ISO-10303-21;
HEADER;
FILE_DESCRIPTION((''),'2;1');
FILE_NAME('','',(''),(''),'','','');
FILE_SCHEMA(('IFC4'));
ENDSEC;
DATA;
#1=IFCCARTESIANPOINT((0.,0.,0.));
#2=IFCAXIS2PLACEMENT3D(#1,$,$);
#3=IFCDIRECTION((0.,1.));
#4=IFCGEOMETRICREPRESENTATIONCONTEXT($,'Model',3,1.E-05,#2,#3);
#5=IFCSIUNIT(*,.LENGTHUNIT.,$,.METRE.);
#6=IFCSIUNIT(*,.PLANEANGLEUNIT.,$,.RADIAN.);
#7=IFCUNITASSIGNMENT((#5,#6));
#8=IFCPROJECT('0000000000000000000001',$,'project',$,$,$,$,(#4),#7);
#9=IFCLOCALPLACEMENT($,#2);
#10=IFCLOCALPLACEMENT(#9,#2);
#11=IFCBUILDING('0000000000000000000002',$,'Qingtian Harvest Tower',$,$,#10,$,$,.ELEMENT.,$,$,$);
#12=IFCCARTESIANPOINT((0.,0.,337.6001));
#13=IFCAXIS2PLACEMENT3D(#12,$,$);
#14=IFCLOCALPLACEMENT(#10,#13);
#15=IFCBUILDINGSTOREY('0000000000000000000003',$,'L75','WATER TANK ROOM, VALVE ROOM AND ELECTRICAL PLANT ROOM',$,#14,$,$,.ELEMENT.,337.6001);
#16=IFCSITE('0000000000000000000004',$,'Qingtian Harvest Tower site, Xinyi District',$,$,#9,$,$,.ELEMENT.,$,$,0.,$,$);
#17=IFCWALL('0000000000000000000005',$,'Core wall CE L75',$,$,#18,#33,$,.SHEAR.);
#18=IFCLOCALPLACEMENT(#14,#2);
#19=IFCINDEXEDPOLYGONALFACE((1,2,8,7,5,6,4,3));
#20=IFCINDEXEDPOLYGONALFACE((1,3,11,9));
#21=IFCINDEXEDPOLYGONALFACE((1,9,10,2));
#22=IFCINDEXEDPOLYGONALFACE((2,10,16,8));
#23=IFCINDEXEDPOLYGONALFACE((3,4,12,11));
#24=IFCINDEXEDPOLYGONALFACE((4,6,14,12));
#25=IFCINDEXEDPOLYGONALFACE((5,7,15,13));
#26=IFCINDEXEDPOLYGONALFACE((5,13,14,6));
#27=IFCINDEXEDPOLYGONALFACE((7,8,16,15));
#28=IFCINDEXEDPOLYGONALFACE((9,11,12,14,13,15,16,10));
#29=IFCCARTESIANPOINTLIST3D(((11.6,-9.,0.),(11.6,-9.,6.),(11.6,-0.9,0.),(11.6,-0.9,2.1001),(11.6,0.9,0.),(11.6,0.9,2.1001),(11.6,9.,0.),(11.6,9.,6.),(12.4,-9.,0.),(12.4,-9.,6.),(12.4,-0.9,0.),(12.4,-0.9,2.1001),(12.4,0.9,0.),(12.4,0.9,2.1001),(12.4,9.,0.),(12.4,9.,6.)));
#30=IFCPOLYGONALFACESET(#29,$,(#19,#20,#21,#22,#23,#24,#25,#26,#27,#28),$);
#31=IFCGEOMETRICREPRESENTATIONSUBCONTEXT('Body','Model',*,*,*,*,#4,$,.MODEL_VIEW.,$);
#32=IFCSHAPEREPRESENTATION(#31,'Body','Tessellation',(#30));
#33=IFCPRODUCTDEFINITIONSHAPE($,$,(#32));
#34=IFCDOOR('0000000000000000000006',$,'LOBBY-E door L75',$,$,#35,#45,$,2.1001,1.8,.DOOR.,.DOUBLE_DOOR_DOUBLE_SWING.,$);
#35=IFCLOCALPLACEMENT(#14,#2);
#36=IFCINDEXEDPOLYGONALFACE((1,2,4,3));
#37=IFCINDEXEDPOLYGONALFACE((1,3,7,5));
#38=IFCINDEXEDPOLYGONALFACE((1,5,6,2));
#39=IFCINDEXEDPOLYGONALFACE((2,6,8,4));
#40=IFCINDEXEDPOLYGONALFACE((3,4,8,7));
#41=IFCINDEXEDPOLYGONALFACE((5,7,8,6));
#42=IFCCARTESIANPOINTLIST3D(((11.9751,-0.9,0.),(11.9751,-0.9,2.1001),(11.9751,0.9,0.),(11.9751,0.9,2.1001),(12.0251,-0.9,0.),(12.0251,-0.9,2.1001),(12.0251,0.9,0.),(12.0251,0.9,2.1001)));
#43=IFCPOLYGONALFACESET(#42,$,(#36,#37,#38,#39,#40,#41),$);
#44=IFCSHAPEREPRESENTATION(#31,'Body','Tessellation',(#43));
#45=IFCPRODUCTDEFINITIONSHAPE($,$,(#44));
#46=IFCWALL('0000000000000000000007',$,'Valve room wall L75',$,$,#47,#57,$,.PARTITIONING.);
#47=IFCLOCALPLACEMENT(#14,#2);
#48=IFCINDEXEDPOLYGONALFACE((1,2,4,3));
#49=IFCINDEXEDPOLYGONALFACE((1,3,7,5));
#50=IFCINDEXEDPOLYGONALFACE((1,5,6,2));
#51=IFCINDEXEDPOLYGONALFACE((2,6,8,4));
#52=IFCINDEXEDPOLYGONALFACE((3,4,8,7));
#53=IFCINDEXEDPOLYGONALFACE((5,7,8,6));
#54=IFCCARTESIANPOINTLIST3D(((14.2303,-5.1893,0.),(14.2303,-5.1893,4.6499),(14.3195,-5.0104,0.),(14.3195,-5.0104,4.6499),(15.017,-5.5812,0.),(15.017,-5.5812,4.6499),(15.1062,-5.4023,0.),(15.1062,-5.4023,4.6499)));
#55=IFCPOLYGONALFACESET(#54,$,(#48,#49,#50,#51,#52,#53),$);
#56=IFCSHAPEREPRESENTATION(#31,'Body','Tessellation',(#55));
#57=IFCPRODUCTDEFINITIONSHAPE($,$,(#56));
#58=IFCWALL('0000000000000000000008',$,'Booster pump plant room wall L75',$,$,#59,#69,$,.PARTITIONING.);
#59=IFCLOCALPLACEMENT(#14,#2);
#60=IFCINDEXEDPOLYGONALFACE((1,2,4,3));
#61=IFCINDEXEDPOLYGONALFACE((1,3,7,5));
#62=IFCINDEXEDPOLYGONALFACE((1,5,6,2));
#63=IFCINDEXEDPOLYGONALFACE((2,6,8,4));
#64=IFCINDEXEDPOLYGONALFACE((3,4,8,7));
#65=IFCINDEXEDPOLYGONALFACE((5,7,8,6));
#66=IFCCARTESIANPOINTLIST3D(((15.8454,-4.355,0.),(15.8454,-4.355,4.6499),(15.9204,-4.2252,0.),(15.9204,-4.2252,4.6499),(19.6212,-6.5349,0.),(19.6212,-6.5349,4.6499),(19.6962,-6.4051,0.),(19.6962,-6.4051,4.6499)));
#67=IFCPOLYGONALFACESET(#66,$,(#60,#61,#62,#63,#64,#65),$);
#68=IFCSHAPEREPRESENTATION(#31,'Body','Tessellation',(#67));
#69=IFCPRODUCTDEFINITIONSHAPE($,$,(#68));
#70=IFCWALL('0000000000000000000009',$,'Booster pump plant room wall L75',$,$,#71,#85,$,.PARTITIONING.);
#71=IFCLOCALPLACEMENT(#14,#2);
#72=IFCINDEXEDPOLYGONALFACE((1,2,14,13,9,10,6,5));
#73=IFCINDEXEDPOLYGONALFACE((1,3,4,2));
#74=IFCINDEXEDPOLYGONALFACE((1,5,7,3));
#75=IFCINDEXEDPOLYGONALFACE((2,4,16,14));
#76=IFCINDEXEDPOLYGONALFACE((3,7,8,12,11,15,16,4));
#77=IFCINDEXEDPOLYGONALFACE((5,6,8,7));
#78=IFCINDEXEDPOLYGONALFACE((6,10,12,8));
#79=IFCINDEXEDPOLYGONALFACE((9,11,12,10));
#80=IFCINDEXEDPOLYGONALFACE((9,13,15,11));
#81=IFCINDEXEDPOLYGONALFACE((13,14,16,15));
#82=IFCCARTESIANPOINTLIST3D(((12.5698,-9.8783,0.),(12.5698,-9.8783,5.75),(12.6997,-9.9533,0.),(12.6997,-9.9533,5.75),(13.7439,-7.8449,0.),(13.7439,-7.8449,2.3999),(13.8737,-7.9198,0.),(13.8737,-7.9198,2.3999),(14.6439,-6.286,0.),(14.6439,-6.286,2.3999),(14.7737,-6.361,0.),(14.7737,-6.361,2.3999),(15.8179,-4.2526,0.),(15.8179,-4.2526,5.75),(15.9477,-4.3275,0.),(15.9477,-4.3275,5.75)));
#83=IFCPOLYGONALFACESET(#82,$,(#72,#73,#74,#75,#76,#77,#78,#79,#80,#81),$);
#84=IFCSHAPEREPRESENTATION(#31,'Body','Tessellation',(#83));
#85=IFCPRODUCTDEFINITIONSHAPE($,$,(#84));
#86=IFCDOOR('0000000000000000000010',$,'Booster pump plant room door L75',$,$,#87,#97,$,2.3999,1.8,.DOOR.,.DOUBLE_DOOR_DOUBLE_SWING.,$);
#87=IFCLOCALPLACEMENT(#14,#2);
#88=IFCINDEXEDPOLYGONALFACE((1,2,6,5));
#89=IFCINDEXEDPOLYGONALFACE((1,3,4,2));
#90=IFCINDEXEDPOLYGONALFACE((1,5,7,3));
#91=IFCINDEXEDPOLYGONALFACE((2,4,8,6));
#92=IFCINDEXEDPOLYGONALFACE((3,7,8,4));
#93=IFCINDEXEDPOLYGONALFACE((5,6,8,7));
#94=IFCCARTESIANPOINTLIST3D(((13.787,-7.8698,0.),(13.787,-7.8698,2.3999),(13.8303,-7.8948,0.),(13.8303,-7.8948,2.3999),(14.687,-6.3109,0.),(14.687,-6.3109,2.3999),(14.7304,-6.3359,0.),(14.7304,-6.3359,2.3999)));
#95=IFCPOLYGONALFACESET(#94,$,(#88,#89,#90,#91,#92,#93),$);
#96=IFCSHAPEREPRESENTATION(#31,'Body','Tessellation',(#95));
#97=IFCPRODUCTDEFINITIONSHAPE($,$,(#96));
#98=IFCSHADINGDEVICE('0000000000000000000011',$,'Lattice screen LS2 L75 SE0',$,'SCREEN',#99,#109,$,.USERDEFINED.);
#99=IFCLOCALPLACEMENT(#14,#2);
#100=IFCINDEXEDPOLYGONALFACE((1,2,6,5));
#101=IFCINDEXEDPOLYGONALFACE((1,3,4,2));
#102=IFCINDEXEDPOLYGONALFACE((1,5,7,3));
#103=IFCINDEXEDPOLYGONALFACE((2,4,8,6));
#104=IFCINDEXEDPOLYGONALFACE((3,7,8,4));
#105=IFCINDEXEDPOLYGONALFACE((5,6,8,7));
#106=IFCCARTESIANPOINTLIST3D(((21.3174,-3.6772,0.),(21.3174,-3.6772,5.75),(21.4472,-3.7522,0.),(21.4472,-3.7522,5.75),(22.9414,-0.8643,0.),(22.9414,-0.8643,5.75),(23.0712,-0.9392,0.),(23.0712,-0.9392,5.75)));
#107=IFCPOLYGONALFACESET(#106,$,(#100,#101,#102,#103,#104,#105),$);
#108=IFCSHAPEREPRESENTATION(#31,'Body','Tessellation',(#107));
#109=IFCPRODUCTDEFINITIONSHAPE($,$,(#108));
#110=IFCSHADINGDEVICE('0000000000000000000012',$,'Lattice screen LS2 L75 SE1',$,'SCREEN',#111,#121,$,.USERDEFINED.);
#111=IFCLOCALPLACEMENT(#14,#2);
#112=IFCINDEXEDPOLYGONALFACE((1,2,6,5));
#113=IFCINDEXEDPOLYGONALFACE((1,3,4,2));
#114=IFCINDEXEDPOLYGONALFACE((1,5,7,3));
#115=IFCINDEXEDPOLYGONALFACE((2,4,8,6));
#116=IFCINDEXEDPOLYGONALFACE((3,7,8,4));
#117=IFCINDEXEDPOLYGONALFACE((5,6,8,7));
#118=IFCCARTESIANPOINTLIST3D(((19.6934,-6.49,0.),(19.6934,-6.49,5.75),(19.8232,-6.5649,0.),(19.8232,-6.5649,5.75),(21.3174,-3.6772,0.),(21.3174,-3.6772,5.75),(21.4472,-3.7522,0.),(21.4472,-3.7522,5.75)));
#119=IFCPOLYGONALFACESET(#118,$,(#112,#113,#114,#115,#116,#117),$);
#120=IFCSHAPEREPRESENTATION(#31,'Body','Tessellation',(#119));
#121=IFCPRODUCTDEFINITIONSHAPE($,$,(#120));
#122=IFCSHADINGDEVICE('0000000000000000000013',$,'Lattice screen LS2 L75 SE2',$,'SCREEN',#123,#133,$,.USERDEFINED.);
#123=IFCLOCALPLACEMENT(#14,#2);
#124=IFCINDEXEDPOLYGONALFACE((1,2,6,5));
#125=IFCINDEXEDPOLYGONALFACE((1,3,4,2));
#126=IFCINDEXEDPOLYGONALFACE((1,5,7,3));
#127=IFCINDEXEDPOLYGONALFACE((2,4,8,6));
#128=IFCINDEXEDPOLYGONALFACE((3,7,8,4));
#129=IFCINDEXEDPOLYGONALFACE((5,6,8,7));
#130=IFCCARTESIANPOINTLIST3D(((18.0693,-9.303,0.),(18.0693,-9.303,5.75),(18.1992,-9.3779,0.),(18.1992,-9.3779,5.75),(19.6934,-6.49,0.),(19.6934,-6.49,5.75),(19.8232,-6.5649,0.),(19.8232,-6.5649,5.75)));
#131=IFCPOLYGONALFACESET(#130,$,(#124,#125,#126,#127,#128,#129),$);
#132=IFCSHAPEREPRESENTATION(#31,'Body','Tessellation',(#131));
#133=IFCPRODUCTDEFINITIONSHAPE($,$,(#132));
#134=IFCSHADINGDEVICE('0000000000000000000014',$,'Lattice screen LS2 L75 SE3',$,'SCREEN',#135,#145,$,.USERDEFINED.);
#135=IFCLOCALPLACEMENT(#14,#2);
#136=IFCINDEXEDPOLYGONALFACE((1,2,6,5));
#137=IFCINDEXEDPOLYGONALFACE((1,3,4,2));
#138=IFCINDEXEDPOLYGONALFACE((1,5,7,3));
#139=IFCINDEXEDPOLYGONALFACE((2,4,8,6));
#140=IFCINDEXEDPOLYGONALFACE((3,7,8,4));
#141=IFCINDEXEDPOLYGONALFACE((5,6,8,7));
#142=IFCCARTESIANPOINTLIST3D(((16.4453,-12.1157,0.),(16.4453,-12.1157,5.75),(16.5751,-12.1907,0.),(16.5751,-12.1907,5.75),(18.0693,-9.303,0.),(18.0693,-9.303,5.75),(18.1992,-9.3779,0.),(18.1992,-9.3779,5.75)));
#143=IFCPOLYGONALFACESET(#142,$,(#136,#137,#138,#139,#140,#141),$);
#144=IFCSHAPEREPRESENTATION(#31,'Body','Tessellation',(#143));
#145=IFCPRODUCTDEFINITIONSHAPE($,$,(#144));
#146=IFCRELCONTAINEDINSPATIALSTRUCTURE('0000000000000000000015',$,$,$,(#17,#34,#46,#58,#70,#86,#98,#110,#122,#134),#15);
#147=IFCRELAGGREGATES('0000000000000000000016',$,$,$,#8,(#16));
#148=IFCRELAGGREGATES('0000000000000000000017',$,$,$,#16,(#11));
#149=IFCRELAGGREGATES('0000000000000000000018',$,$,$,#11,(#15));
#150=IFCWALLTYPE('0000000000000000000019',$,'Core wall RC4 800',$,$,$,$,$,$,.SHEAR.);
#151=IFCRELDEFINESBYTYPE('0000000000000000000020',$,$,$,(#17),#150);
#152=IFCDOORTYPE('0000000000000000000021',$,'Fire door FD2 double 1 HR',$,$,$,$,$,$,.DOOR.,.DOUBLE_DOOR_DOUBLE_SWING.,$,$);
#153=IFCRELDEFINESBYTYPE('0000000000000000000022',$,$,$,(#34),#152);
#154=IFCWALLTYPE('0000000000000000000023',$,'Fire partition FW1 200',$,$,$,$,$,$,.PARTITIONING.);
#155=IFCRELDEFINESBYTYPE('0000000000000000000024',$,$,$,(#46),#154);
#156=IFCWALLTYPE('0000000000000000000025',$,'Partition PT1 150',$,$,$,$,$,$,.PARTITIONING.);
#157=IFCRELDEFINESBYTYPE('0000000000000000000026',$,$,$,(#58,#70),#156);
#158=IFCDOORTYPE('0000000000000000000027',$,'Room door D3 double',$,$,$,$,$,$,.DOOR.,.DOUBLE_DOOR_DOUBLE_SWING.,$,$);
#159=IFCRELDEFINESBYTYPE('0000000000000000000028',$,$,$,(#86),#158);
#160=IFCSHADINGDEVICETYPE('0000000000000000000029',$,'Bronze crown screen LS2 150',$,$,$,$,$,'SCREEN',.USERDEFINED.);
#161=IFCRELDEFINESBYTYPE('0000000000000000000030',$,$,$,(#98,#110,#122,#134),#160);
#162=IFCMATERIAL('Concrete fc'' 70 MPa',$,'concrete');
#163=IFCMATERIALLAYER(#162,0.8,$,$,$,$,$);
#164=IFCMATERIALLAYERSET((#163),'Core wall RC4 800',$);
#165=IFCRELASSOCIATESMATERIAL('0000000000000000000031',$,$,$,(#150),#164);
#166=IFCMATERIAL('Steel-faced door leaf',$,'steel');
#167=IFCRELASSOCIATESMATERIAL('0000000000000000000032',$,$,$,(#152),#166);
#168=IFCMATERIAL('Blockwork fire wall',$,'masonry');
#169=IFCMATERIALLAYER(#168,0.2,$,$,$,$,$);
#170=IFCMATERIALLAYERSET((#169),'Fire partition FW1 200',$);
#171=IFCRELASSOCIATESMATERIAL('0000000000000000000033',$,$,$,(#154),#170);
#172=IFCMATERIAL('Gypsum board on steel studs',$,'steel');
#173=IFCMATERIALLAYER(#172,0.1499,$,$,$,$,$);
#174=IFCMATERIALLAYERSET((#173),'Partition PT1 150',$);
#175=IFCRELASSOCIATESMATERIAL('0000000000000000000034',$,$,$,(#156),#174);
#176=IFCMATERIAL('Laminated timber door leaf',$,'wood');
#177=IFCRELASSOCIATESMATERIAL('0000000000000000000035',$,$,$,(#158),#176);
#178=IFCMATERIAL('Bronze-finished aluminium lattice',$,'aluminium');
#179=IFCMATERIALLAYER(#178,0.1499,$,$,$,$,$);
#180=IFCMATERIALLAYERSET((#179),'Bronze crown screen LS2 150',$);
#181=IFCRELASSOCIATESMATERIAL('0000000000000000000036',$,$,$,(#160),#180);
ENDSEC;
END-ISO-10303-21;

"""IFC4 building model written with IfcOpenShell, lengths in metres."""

from ifc_helpers import new_model, si_unit, direction, frame, frame_2d, origin, place, context, subcontext, project, spatial, polyline, rectangle, outline, extrude, material, layer, layer_set, type_object, element, fill, save


model = new_model("IFC4")

# Units and contexts
model_context = context("Model", 3, precision=1e-05, world=origin(), true_north=direction((0.0, 1.0)))
body_context = subcontext(model_context, "Body", "Model", "MODEL_VIEW")
ifc_project = project(units=[si_unit("LENGTHUNIT", "METRE"), si_unit("PLANEANGLEUNIT", "RADIAN")], contexts=[model_context])

# Site, building, storey
site_placement = place(None, origin())
site = spatial("IfcSite", under=ifc_project, at=site_placement, Name="Qingtian Harvest Tower site, Xinyi District", CompositionType="ELEMENT", RefElevation=0.0)
building_placement = place(site_placement, origin())
building = spatial("IfcBuilding", under=site, at=building_placement, Name="Qingtian Harvest Tower", CompositionType="ELEMENT")
storey_placement = place(building_placement, frame((0.0, 0.0, 337.6001)))
storey = spatial("IfcBuildingStorey", under=building, at=storey_placement, Name="L75", Description="WATER TANK ROOM, VALVE ROOM AND ELECTRICAL PLANT ROOM", CompositionType="ELEMENT", Elevation=337.6001)

# Wall, opening, door
ifc_material_1 = material(Name="Concrete fc' 70 MPa", Category="concrete")
ifc_layer_1 = layer(ifc_material_1, 0.8)
ifc_layer_set_1 = layer_set([ifc_layer_1], Name="Core wall RC4 800")
wall_type_1 = type_object("IfcWallType", Name="Core wall RC4 800", PredefinedType="SHEAR", material=ifc_layer_set_1)
wall_1_placement = place(storey_placement, frame((12.0, -9.0, 0.0), z_axis=(0.0, 0.0, 1.0), x_axis=(0.0, 1.0, 0.0)))
wall_1 = element("IfcWall", 1, at=wall_1_placement, inside=storey, type_object=wall_type_1, Name="Core wall CE L75", PredefinedType="SHEAR", context=body_context, shape_type="SweptSolid", body=[
    extrude(rectangle(XDim=18.0, YDim=0.8, at=frame_2d((9.0, 0.0))), origin(), (0.0, 0.0, 1.0), 6.0),
])
opening_1_placement = place(wall_1_placement, frame((8.1001, 0.0, 0.0)))
opening_1 = element("IfcOpeningElement", 2, at=opening_1_placement, cuts=wall_1, PredefinedType="OPENING", context=body_context, shape_type="SweptSolid", body=[
    extrude(rectangle(XDim=1.8, YDim=2.1001, at=frame_2d((0.8999, 1.05))), frame((0.0, 0.4099, 0.0), z_axis=(0.0, -1.0, 0.0), x_axis=(1.0, 0.0, 0.0)), (0.0, 0.0, 1.0), 0.8201),
])
ifc_material_2 = material(Name="Steel-faced door leaf", Category="steel")
door_type_1 = type_object("IfcDoorType", Name="Fire door FD2 double 1 HR", OperationType="DOUBLE_DOOR_DOUBLE_SWING", PredefinedType="DOOR", material=ifc_material_2)
door_1_placement = place(opening_1_placement, origin())
door_1 = element("IfcDoor", 3, at=door_1_placement, inside=storey, type_object=door_type_1, Name="LOBBY-E door L75", OperationType="DOUBLE_DOOR_DOUBLE_SWING", OverallHeight=2.1001, OverallWidth=1.8, PredefinedType="DOOR", context=body_context, shape_type="SweptSolid", body=[
    extrude(rectangle(XDim=1.8, YDim=2.1001, at=frame_2d((0.8999, 1.05))), frame((0.0, 0.0249, 0.0), z_axis=(0.0, -1.0, 0.0), x_axis=(1.0, 0.0, 0.0)), (0.0, 0.0, 1.0), 0.05),
])
fill(opening_1, door_1)

# Walls
ifc_material_3 = material(Name="Blockwork fire wall", Category="masonry")
ifc_layer_2 = layer(ifc_material_3, 0.2)
ifc_layer_set_2 = layer_set([ifc_layer_2], Name="Fire partition FW1 200")
wall_type_2 = type_object("IfcWallType", Name="Fire partition FW1 200", PredefinedType="PARTITIONING", material=ifc_layer_set_2)
wall_2_placement = place(storey_placement, frame((14.2749, -5.0999, 0.0), z_axis=(0.0, 0.0, 1.0), x_axis=(0.895093, -0.44588, 0.0)))
element("IfcWall", 4, at=wall_2_placement, inside=storey, type_object=wall_type_2, Name="Valve room wall L75", PredefinedType="PARTITIONING", context=body_context, shape_type="SweptSolid", body=[
    extrude(rectangle(XDim=0.8789, YDim=0.2, at=frame_2d((0.4395, 0.0))), origin(), (0.0, 0.0, 1.0), 4.6499),
])
ifc_material_4 = material(Name="Gypsum board on steel studs", Category="steel")
ifc_layer_3 = layer(ifc_material_4, 0.1499)
ifc_layer_set_3 = layer_set([ifc_layer_3], Name="Partition PT1 150")
wall_type_3 = type_object("IfcWallType", Name="Partition PT1 150", PredefinedType="PARTITIONING", material=ifc_layer_set_3)
wall_3_placement = place(storey_placement, frame((19.6587, -6.47, 0.0), z_axis=(0.0, 0.0, 1.0), x_axis=(-0.866033, 0.499987, 0.0)))
element("IfcWall", 5, at=wall_3_placement, inside=storey, type_object=wall_type_3, Name="Booster pump plant room wall L75", PredefinedType="PARTITIONING", context=body_context, shape_type="SweptSolid", body=[
    extrude(rectangle(XDim=4.3599, YDim=0.1499, at=frame_2d((2.1799, 0.0))), origin(), (0.0, 0.0, 1.0), 4.6499),
])

# Wall, opening, door
wall_4_placement = place(storey_placement, frame((15.8828, -4.29, 0.0), z_axis=(0.0, 0.0, 1.0), x_axis=(-0.500003, -0.866023, 0.0)))
wall_4 = element("IfcWall", 6, at=wall_4_placement, inside=storey, type_object=wall_type_3, Name="Booster pump plant room wall L75", PredefinedType="PARTITIONING", context=body_context, shape_type="SweptSolid", body=[
    extrude(rectangle(XDim=6.4961, YDim=0.1499, at=frame_2d((3.248, 0.0))), origin(), (0.0, 0.0, 1.0), 5.75),
])
opening_2_placement = place(wall_4_placement, frame((2.3481, 0.0, 0.0)))
opening_2 = element("IfcOpeningElement", 7, at=opening_2_placement, cuts=wall_4, PredefinedType="OPENING", context=body_context, shape_type="SweptSolid", body=[
    extrude(rectangle(XDim=1.8, YDim=2.3999, at=frame_2d((0.8999, 1.2))), frame((0.0, 0.085, 0.0), z_axis=(0.0, -1.0, 0.0), x_axis=(1.0, 0.0, 0.0)), (0.0, 0.0, 1.0), 0.1699),
])
ifc_material_5 = material(Name="Laminated timber door leaf", Category="wood")
door_type_2 = type_object("IfcDoorType", Name="Room door D3 double", OperationType="DOUBLE_DOOR_DOUBLE_SWING", PredefinedType="DOOR", material=ifc_material_5)
door_2_placement = place(opening_2_placement, origin())
door_2 = element("IfcDoor", 8, at=door_2_placement, inside=storey, type_object=door_type_2, Name="Booster pump plant room door L75", OperationType="DOUBLE_DOOR_DOUBLE_SWING", OverallHeight=2.3999, OverallWidth=1.8, PredefinedType="DOOR", context=body_context, shape_type="SweptSolid", body=[
    extrude(rectangle(XDim=1.8, YDim=2.3999, at=frame_2d((0.8999, 1.2))), frame((0.0, 0.0249, 0.0), z_axis=(0.0, -1.0, 0.0), x_axis=(1.0, 0.0, 0.0)), (0.0, 0.0, 1.0), 0.05),
])
fill(opening_2, door_2)

# Shading devices
ifc_material_6 = material(Name="Bronze-finished aluminium lattice", Category="aluminium")
ifc_layer_4 = layer(ifc_material_6, 0.1499)
ifc_layer_set_4 = layer_set([ifc_layer_4], Name="Bronze crown screen LS2 150")
shading_device_type = type_object("IfcShadingDeviceType", Name="Bronze crown screen LS2 150", ElementType="SCREEN", PredefinedType="USERDEFINED", material=ifc_layer_set_4)
shading_device_1_placement = place(storey_placement, frame((22.9414, -0.8643, 0.0), z_axis=(-0.866033, 0.499987, 0.0), x_axis=(-0.499987, -0.866033, 0.0)))
element("IfcShadingDevice", 9, at=shading_device_1_placement, inside=storey, type_object=shading_device_type, Name="Lattice screen LS2 L75 SE0", ObjectType="SCREEN", PredefinedType="USERDEFINED", context=body_context, shape_type="SweptSolid", body=[
    extrude(outline(polyline([(0.0, 0.0), (3.2481, 0.0), (3.2481, 5.75), (0.0, 5.75), (0.0, 0.0)])), origin(), (0.0, 0.0, -1.0), 0.1499),
])
shading_device_2_placement = place(storey_placement, frame((21.3174, -3.6772, 0.0), z_axis=(-0.866014, 0.50002, 0.0), x_axis=(-0.50002, -0.866014, 0.0)))
element("IfcShadingDevice", 10, at=shading_device_2_placement, inside=storey, type_object=shading_device_type, Name="Lattice screen LS2 L75 SE1", ObjectType="SCREEN", PredefinedType="USERDEFINED", context=body_context, shape_type="SweptSolid", body=[
    extrude(outline(polyline([(0.0, 0.0), (3.2479, 0.0), (3.2479, 5.75), (0.0, 5.75), (0.0, 0.0)])), origin(), (0.0, 0.0, -1.0), 0.1499),
])
shading_device_3_placement = place(storey_placement, frame((19.6934, -6.49, 0.0), z_axis=(-0.866033, 0.499987, 0.0), x_axis=(-0.499987, -0.866033, 0.0)))
element("IfcShadingDevice", 11, at=shading_device_3_placement, inside=storey, type_object=shading_device_type, Name="Lattice screen LS2 L75 SE2", ObjectType="SCREEN", PredefinedType="USERDEFINED", context=body_context, shape_type="SweptSolid", body=[
    extrude(outline(polyline([(0.0, 0.0), (3.2481, 0.0), (3.2481, 5.75), (0.0, 5.75), (0.0, 0.0)])), origin(), (0.0, 0.0, -1.0), 0.1499),
])
shading_device_4_placement = place(storey_placement, frame((18.0693, -9.303, 0.0), z_axis=(-0.866014, 0.50002, 0.0), x_axis=(-0.50002, -0.866014, 0.0)))
element("IfcShadingDevice", 12, at=shading_device_4_placement, inside=storey, type_object=shading_device_type, Name="Lattice screen LS2 L75 SE3", ObjectType="SCREEN", PredefinedType="USERDEFINED", context=body_context, shape_type="SweptSolid", body=[
    extrude(outline(polyline([(0.0, 0.0), (3.2479, 0.0), (3.2479, 5.75), (0.0, 5.75), (0.0, 0.0)])), origin(), (0.0, 0.0, -1.0), 0.1499),
])

save(model, "model.ifc")
